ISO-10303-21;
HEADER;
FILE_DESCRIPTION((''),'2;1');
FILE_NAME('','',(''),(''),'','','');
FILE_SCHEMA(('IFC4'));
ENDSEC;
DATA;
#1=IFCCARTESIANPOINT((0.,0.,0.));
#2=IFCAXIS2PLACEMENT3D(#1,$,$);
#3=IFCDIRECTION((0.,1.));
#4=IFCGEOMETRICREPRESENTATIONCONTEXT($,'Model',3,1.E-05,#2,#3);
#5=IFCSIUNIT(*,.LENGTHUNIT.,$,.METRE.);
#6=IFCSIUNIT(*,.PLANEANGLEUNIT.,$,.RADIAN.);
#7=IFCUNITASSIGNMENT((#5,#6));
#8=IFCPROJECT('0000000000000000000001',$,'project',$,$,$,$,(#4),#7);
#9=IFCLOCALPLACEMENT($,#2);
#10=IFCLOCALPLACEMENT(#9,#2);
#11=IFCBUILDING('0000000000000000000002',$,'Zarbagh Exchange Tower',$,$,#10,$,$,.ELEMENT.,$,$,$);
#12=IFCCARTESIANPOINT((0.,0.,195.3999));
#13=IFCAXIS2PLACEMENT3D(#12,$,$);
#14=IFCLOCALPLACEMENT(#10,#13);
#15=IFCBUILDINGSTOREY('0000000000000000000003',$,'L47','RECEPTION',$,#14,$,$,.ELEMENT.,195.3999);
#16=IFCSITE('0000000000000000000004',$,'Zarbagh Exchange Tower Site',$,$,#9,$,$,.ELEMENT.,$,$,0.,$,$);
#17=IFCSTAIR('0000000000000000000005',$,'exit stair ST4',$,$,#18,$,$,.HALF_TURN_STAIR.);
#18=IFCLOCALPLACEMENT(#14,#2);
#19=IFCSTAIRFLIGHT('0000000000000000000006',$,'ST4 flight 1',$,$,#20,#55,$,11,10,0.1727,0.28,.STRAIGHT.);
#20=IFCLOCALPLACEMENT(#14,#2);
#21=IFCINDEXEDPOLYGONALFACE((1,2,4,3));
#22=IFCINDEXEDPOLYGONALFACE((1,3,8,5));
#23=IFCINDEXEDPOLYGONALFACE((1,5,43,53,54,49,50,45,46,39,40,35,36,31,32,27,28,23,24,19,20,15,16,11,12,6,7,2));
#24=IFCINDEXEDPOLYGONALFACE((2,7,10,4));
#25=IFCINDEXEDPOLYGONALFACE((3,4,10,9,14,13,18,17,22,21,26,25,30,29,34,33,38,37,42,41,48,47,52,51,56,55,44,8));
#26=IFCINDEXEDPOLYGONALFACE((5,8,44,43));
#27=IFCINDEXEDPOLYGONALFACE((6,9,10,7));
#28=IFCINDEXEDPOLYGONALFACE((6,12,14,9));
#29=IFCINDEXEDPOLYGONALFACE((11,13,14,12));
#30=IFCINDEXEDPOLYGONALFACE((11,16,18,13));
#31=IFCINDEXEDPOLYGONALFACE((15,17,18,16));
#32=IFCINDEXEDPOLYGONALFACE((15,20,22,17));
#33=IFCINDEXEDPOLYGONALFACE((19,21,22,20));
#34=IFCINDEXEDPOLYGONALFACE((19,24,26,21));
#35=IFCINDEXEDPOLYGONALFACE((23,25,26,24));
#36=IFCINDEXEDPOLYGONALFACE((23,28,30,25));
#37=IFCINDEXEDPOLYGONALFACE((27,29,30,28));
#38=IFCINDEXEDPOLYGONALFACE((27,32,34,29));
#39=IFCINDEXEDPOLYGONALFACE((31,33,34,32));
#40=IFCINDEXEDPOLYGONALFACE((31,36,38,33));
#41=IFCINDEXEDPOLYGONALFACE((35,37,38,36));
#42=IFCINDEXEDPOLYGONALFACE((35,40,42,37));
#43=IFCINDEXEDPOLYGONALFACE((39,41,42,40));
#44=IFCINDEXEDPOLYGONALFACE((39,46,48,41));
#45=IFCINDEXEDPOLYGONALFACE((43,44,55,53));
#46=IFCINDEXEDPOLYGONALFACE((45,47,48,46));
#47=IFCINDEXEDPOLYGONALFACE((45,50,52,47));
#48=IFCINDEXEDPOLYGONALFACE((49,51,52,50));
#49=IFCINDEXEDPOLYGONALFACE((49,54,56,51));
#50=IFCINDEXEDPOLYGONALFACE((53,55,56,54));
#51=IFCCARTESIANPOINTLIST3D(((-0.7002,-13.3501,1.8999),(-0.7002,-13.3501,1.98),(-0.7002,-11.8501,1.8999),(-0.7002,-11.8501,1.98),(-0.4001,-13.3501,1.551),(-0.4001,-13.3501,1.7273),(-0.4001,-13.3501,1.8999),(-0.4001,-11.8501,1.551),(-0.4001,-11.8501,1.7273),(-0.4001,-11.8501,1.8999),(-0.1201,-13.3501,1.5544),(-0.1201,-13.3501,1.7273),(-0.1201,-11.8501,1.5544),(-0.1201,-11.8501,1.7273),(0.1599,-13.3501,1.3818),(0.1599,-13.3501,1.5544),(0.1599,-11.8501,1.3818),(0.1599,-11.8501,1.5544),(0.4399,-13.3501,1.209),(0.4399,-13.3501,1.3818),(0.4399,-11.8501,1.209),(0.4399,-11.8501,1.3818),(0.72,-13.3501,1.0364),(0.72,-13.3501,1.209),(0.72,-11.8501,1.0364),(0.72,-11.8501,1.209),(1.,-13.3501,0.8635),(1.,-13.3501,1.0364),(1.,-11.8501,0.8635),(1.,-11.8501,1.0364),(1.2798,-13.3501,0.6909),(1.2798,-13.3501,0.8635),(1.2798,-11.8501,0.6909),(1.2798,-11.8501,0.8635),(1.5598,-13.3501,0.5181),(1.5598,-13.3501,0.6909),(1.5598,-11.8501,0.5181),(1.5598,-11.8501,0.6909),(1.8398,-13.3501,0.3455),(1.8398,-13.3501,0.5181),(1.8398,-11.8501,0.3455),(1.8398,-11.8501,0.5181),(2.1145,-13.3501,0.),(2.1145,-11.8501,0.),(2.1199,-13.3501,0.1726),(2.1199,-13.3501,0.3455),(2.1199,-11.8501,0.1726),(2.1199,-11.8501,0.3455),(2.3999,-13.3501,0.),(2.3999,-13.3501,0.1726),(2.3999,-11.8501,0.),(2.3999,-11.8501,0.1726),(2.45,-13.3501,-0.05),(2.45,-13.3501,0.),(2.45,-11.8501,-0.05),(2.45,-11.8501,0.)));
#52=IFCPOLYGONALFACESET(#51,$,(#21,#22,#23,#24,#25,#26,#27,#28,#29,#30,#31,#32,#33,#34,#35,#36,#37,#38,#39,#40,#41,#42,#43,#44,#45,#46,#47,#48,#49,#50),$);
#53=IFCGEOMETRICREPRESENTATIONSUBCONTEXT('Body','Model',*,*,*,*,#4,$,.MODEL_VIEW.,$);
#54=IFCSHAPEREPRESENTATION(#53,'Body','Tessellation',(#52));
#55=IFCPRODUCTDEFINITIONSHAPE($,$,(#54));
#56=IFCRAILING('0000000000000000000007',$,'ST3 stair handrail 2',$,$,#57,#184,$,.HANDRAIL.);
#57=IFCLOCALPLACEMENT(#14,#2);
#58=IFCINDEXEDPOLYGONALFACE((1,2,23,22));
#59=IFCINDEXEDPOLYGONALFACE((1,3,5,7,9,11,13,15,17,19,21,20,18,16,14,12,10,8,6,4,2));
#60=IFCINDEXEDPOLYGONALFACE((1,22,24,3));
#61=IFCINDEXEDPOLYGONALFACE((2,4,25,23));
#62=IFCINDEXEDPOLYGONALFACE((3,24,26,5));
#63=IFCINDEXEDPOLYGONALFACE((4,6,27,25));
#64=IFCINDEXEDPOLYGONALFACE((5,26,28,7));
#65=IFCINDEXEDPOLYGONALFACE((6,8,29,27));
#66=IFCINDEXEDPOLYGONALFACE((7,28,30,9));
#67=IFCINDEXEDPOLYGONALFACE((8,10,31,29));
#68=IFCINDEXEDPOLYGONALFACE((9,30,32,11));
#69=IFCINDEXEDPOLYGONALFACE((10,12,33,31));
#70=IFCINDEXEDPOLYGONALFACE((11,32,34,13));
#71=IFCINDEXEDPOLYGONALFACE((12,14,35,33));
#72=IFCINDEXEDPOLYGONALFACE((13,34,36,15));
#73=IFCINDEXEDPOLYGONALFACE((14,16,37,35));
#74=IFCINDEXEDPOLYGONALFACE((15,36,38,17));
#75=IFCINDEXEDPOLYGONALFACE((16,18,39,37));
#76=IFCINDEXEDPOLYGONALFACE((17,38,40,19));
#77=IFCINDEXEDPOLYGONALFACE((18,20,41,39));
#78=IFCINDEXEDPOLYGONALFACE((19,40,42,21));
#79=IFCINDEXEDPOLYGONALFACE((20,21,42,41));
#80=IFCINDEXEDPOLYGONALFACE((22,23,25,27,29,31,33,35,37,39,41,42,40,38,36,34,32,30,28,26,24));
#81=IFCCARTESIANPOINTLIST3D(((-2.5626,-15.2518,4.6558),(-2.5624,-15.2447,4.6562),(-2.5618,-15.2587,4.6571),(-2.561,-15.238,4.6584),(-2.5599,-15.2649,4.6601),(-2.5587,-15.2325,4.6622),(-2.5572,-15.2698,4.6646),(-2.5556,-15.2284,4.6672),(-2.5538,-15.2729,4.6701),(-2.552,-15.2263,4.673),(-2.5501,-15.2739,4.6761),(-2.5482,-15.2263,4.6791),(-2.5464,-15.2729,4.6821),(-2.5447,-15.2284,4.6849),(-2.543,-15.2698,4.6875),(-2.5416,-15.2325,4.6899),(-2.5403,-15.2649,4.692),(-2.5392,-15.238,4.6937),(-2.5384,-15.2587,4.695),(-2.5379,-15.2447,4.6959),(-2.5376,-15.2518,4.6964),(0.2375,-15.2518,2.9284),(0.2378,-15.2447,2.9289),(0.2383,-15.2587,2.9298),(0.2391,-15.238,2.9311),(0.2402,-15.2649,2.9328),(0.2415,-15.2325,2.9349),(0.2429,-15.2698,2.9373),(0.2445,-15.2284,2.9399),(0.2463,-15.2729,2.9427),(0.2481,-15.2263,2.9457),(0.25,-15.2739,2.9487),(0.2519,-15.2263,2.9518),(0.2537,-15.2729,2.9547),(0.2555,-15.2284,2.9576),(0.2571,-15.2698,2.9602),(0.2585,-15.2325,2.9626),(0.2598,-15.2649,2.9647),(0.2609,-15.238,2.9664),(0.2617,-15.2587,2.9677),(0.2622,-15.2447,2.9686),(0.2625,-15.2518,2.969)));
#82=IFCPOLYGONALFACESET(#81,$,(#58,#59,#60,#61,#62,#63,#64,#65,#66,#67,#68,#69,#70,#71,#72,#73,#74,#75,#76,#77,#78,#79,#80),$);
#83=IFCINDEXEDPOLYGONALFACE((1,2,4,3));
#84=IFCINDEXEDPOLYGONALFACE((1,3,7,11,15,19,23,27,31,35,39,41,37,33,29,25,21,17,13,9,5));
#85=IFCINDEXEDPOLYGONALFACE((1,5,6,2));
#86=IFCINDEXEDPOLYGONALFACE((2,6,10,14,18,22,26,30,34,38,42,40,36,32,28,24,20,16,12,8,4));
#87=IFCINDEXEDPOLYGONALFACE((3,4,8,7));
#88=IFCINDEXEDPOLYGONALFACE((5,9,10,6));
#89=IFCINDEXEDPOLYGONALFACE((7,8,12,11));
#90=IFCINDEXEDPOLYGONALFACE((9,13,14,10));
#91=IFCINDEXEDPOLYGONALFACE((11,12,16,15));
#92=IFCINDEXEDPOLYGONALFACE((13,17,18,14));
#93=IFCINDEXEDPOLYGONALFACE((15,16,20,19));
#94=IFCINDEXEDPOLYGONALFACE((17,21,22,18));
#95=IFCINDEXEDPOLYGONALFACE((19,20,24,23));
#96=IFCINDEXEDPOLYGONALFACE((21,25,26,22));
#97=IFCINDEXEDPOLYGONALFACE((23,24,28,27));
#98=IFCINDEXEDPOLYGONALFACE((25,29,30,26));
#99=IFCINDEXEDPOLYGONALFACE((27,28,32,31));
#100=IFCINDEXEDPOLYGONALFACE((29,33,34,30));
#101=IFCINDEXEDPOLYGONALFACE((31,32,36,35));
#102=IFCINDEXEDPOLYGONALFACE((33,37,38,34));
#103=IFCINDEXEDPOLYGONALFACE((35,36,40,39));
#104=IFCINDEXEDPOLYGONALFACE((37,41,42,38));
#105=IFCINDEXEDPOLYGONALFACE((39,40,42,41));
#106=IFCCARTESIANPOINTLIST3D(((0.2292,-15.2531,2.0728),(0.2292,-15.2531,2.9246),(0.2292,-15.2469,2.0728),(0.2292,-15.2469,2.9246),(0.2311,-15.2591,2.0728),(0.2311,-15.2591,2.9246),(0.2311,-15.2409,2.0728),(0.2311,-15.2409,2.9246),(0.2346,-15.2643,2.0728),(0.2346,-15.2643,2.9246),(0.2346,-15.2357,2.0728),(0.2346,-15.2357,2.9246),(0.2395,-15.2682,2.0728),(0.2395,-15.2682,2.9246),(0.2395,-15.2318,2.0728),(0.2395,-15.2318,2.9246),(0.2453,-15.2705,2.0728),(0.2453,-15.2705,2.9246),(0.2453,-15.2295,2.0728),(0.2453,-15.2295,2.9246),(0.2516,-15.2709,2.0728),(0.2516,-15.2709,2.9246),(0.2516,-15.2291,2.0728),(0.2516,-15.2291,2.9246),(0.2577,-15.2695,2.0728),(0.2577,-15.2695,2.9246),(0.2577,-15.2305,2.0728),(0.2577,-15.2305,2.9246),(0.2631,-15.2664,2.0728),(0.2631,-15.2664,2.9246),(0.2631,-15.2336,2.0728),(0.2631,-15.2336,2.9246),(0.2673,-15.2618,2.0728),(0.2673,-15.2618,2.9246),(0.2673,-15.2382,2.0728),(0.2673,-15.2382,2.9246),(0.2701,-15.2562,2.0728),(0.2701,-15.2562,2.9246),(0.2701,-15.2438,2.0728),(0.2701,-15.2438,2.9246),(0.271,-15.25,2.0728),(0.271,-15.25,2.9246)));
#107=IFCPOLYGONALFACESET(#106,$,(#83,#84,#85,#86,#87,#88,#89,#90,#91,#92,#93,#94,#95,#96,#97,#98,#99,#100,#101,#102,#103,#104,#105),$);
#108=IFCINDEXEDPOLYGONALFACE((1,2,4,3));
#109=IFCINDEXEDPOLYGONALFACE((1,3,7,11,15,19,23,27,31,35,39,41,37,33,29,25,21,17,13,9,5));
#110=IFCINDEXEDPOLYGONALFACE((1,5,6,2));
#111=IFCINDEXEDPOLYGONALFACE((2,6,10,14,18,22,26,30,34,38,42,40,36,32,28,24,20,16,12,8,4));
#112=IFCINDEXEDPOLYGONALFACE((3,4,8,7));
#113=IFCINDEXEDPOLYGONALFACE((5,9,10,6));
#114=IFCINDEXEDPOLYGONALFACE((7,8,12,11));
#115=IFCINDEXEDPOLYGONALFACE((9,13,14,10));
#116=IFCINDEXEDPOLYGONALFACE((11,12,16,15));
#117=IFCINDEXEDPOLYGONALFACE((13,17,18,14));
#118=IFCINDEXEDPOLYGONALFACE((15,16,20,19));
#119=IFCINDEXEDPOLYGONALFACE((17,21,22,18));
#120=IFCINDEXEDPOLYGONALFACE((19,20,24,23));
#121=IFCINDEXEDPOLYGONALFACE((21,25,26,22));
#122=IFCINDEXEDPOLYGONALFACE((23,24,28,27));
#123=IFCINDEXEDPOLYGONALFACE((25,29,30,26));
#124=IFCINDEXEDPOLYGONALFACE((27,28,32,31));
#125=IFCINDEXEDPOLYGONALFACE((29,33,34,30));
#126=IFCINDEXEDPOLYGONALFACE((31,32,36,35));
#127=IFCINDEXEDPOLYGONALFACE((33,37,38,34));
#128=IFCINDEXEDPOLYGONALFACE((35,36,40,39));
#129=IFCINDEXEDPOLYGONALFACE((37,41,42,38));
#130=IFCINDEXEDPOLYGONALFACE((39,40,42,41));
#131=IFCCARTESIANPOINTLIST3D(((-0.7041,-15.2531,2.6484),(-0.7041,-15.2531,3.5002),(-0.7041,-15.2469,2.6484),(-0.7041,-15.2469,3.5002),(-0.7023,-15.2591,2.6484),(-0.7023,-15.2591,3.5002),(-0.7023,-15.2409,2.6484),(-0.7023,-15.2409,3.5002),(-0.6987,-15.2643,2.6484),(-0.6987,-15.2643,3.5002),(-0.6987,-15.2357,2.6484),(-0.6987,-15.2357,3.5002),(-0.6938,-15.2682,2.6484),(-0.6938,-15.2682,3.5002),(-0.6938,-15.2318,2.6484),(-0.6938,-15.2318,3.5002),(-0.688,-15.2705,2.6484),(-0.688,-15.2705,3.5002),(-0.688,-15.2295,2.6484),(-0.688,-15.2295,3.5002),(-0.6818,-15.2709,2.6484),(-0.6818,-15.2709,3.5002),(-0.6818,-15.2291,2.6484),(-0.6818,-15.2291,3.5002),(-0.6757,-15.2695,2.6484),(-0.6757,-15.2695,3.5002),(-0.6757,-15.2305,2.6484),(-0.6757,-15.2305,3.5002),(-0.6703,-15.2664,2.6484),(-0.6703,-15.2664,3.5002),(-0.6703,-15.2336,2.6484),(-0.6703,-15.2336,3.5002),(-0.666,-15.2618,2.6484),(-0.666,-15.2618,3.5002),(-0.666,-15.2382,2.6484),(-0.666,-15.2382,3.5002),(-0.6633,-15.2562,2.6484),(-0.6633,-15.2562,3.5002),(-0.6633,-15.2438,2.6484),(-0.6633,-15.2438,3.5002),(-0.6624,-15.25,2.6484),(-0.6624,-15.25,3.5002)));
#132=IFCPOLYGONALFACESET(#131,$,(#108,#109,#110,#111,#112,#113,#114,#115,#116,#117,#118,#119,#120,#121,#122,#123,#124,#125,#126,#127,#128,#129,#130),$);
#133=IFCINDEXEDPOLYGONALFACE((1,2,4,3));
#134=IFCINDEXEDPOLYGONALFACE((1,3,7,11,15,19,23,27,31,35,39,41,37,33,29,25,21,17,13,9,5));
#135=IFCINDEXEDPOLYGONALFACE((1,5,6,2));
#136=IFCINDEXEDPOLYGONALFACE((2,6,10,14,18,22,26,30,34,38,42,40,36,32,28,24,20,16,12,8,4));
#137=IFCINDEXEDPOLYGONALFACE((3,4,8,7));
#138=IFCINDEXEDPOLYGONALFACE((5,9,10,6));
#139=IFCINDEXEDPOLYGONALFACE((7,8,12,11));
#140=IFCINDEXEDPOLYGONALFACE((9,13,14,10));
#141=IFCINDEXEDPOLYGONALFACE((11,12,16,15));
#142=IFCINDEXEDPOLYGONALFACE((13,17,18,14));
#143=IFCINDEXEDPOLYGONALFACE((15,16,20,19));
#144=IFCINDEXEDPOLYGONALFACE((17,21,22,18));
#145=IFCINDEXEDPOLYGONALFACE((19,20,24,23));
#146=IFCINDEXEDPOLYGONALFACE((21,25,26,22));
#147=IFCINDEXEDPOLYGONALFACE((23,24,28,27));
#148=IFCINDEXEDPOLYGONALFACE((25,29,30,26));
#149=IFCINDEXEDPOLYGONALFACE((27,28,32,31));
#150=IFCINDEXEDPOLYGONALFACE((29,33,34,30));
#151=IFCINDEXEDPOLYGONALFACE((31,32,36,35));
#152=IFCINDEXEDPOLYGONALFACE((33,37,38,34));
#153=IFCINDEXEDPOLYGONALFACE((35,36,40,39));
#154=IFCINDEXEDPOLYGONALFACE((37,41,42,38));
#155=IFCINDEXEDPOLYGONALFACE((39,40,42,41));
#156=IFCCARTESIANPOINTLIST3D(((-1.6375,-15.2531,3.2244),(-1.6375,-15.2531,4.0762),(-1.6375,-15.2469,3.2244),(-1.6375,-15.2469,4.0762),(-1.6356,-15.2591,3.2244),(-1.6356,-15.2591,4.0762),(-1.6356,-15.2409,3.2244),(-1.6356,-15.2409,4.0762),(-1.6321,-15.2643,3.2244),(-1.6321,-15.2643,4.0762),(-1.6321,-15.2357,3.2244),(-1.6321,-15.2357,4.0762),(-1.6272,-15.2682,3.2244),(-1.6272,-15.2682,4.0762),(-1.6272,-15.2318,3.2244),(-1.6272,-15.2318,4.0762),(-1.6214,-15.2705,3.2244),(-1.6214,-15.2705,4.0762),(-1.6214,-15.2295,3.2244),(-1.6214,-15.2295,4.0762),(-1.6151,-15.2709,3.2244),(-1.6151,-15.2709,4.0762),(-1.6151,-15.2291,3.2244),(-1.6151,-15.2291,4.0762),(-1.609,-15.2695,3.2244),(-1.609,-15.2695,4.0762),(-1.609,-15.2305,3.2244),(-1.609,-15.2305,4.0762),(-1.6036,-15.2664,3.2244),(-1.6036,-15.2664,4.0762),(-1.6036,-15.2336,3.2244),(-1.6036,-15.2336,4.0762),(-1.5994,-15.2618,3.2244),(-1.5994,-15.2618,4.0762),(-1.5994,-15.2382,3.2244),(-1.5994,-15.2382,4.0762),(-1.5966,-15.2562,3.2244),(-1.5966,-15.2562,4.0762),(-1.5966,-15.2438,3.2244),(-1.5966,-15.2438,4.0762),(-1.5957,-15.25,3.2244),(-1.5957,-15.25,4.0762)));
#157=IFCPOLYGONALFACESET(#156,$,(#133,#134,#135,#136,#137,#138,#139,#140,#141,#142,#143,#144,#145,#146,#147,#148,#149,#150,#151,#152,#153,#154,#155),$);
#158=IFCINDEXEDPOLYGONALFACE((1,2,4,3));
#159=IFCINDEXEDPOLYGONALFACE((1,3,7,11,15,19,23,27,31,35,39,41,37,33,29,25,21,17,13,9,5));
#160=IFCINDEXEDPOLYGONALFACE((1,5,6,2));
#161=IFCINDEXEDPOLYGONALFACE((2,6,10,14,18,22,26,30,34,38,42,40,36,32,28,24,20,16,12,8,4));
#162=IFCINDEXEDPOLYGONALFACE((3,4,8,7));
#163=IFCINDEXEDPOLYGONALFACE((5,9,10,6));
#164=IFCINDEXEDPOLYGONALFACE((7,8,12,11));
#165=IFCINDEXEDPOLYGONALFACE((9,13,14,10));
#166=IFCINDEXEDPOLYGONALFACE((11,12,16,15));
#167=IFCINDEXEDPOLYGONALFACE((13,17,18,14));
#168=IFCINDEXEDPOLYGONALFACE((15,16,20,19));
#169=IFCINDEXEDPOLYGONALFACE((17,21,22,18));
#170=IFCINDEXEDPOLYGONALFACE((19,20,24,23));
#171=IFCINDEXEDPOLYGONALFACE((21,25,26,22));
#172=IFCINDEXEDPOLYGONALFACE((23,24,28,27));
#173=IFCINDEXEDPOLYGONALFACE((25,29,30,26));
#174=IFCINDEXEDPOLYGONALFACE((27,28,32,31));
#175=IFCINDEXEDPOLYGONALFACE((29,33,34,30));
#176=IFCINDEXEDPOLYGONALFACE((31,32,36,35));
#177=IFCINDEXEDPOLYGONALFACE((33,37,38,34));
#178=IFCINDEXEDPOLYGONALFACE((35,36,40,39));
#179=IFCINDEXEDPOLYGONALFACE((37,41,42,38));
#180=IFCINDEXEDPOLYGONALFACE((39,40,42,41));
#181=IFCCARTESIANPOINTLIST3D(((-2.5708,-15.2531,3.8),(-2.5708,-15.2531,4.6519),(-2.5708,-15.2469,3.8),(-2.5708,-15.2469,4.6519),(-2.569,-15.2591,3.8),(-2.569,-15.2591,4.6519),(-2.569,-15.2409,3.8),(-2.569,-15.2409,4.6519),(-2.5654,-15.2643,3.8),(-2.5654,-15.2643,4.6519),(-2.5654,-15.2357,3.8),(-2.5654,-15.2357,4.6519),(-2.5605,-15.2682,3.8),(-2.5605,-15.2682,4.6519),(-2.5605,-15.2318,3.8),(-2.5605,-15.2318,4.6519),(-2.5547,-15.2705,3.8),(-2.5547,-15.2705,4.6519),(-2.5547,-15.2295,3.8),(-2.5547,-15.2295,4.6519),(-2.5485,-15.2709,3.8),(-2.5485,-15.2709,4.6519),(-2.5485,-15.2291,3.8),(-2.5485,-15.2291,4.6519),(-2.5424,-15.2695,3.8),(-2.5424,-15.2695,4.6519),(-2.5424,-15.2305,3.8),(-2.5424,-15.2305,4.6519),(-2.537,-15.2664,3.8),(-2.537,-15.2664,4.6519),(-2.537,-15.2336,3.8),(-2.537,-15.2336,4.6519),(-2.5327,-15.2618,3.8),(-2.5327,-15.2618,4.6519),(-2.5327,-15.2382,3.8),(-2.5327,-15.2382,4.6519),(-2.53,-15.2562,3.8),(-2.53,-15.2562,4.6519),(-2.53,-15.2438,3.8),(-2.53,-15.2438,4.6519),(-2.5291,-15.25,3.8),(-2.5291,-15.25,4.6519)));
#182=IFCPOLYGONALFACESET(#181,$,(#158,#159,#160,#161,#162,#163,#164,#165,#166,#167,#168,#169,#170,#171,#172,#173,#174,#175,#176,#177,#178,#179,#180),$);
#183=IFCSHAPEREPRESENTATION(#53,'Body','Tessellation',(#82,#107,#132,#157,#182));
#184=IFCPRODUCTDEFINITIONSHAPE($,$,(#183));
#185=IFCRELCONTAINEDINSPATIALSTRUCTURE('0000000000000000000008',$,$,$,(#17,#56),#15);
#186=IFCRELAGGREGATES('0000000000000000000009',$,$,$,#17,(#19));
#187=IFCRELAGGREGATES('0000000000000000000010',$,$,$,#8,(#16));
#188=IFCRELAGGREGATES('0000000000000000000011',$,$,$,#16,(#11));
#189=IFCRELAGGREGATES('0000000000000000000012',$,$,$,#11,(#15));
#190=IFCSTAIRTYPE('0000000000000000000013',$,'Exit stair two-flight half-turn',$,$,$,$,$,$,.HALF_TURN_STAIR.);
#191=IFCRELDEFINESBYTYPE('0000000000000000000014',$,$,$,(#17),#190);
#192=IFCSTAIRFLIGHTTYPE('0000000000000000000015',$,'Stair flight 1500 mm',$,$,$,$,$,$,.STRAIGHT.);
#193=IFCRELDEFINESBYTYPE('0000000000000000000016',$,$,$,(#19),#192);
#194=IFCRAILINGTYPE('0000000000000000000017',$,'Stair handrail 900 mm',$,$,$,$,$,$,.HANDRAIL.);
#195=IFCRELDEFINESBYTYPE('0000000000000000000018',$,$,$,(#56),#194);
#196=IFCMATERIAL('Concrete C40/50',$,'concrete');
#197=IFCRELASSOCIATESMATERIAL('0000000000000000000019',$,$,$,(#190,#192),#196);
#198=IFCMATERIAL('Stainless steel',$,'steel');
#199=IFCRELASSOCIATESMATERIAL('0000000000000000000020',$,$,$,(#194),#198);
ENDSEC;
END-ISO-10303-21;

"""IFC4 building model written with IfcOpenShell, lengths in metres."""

from ifc_helpers import new_model, si_unit, direction, frame, origin, origin_2d, place, context, subcontext, project, spatial, polyline, circle, outline, extrude, material, type_object, element, aggregate, save


model = new_model("IFC4")

# Units and contexts
model_context = context("Model", 3, precision=1e-05, world=origin(), true_north=direction((0.0, 1.0)))
body_context = subcontext(model_context, "Body", "Model", "MODEL_VIEW")
ifc_project = project(units=[si_unit("LENGTHUNIT", "METRE"), si_unit("PLANEANGLEUNIT", "RADIAN")], contexts=[model_context])

# Site, building, storey
site_placement = place(None, origin())
site = spatial("IfcSite", under=ifc_project, at=site_placement, Name="Zarbagh Exchange Tower Site", CompositionType="ELEMENT", RefElevation=0.0)
building_placement = place(site_placement, origin())
building = spatial("IfcBuilding", under=site, at=building_placement, Name="Zarbagh Exchange Tower", CompositionType="ELEMENT")
storey_placement = place(building_placement, frame((0.0, 0.0, 195.3999)))
storey = spatial("IfcBuildingStorey", under=building, at=storey_placement, Name="L47", Description="RECEPTION", CompositionType="ELEMENT", Elevation=195.3999)

# Shared definitions
ifc_material_1 = material(Name="Stainless steel", Category="steel")

# Shared definitions
ifc_material_2 = material(Name="Concrete C40/50", Category="concrete")

# Stair, stair flight
stair_type = type_object("IfcStairType", Name="Exit stair two-flight half-turn", PredefinedType="HALF_TURN_STAIR", material=ifc_material_2)
stair_1_placement = place(storey_placement, origin())
stair_1 = element("IfcStair", 1, at=stair_1_placement, inside=storey, type_object=stair_type, Name="exit stair ST4", PredefinedType="HALF_TURN_STAIR")
stair_flight_type_1 = type_object("IfcStairFlightType", Name="Stair flight 1500 mm", PredefinedType="STRAIGHT", material=ifc_material_2)
stair_flight_1_placement = place(storey_placement, frame((2.3999, -12.6001, 0.0), z_axis=(0.0, 0.0, 1.0), x_axis=(-1.0, 0.0, 0.0)))
stair_flight_1 = element("IfcStairFlight", 2, at=stair_flight_1_placement, type_object=stair_flight_type_1, Name="ST4 flight 1", NumberOfRisers=11, NumberOfTreads=10, PredefinedType="STRAIGHT", RiserHeight=0.1727, TreadLength=0.28, context=body_context, shape_type="SweptSolid", body=[
    extrude(outline(polyline([(-0.05, -0.05), (-0.05, 0.0), (0.0, 0.0), (0.0, 0.1726), (0.28, 0.1726), (0.28, 0.3455), (0.5601, 0.3455), (0.5601, 0.5181), (0.8401, 0.5181), (0.8401, 0.6909), (1.1201, 0.6909), (1.1201, 0.8635), (1.3999, 0.8635), (1.3999, 1.0364), (1.6799, 1.0364), (1.6799, 1.209), (1.96, 1.209), (1.96, 1.3818), (2.24, 1.3818), (2.24, 1.5544), (2.52, 1.5544), (2.52, 1.7273), (2.8, 1.7273), (2.8, 1.8999), (3.1001, 1.98), (3.1001, 1.8999), (2.8, 1.551), (0.2854, 0.0), (-0.05, -0.05)])), frame((0.0, 0.75, 0.0), z_axis=(0.0, -1.0, 0.0), x_axis=(1.0, 0.0, 0.0)), (0.0, 0.0, 1.0), 1.5),
])
aggregate(stair_1, [stair_flight_1])

# Railing
railing_type_1 = type_object("IfcRailingType", Name="Stair handrail 900 mm", PredefinedType="HANDRAIL", material=ifc_material_1)
railing_1_placement = place(storey_placement, frame((0.25, -15.25, 2.0728)))
element("IfcRailing", 3, at=railing_1_placement, inside=storey, type_object=railing_type_1, Name="ST3 stair handrail 2", PredefinedType="HANDRAIL", context=body_context, shape_type="SweptSolid", body=[
    extrude(circle(Radius=0.0239, at=origin_2d()), frame((0.0, 0.0, 0.876), z_axis=(-0.85109, 0.0, 0.52502), x_axis=(0.0, -1.0, 0.0)), (0.0, 0.0, 1.0), 3.29),
    extrude(circle(Radius=0.021, at=origin_2d()), origin(), (0.0, 0.0, 1.0), 0.8518),
    extrude(circle(Radius=0.021, at=origin_2d()), frame((-0.9333, 0.0, 0.5757)), (0.0, 0.0, 1.0), 0.8518),
    extrude(circle(Radius=0.021, at=origin_2d()), frame((-1.8667, 0.0, 1.1516)), (0.0, 0.0, 1.0), 0.8518),
    extrude(circle(Radius=0.021, at=origin_2d()), frame((-2.8, 0.0, 1.7273)), (0.0, 0.0, 1.0), 0.8518),
])

save(model, "model.ifc")
